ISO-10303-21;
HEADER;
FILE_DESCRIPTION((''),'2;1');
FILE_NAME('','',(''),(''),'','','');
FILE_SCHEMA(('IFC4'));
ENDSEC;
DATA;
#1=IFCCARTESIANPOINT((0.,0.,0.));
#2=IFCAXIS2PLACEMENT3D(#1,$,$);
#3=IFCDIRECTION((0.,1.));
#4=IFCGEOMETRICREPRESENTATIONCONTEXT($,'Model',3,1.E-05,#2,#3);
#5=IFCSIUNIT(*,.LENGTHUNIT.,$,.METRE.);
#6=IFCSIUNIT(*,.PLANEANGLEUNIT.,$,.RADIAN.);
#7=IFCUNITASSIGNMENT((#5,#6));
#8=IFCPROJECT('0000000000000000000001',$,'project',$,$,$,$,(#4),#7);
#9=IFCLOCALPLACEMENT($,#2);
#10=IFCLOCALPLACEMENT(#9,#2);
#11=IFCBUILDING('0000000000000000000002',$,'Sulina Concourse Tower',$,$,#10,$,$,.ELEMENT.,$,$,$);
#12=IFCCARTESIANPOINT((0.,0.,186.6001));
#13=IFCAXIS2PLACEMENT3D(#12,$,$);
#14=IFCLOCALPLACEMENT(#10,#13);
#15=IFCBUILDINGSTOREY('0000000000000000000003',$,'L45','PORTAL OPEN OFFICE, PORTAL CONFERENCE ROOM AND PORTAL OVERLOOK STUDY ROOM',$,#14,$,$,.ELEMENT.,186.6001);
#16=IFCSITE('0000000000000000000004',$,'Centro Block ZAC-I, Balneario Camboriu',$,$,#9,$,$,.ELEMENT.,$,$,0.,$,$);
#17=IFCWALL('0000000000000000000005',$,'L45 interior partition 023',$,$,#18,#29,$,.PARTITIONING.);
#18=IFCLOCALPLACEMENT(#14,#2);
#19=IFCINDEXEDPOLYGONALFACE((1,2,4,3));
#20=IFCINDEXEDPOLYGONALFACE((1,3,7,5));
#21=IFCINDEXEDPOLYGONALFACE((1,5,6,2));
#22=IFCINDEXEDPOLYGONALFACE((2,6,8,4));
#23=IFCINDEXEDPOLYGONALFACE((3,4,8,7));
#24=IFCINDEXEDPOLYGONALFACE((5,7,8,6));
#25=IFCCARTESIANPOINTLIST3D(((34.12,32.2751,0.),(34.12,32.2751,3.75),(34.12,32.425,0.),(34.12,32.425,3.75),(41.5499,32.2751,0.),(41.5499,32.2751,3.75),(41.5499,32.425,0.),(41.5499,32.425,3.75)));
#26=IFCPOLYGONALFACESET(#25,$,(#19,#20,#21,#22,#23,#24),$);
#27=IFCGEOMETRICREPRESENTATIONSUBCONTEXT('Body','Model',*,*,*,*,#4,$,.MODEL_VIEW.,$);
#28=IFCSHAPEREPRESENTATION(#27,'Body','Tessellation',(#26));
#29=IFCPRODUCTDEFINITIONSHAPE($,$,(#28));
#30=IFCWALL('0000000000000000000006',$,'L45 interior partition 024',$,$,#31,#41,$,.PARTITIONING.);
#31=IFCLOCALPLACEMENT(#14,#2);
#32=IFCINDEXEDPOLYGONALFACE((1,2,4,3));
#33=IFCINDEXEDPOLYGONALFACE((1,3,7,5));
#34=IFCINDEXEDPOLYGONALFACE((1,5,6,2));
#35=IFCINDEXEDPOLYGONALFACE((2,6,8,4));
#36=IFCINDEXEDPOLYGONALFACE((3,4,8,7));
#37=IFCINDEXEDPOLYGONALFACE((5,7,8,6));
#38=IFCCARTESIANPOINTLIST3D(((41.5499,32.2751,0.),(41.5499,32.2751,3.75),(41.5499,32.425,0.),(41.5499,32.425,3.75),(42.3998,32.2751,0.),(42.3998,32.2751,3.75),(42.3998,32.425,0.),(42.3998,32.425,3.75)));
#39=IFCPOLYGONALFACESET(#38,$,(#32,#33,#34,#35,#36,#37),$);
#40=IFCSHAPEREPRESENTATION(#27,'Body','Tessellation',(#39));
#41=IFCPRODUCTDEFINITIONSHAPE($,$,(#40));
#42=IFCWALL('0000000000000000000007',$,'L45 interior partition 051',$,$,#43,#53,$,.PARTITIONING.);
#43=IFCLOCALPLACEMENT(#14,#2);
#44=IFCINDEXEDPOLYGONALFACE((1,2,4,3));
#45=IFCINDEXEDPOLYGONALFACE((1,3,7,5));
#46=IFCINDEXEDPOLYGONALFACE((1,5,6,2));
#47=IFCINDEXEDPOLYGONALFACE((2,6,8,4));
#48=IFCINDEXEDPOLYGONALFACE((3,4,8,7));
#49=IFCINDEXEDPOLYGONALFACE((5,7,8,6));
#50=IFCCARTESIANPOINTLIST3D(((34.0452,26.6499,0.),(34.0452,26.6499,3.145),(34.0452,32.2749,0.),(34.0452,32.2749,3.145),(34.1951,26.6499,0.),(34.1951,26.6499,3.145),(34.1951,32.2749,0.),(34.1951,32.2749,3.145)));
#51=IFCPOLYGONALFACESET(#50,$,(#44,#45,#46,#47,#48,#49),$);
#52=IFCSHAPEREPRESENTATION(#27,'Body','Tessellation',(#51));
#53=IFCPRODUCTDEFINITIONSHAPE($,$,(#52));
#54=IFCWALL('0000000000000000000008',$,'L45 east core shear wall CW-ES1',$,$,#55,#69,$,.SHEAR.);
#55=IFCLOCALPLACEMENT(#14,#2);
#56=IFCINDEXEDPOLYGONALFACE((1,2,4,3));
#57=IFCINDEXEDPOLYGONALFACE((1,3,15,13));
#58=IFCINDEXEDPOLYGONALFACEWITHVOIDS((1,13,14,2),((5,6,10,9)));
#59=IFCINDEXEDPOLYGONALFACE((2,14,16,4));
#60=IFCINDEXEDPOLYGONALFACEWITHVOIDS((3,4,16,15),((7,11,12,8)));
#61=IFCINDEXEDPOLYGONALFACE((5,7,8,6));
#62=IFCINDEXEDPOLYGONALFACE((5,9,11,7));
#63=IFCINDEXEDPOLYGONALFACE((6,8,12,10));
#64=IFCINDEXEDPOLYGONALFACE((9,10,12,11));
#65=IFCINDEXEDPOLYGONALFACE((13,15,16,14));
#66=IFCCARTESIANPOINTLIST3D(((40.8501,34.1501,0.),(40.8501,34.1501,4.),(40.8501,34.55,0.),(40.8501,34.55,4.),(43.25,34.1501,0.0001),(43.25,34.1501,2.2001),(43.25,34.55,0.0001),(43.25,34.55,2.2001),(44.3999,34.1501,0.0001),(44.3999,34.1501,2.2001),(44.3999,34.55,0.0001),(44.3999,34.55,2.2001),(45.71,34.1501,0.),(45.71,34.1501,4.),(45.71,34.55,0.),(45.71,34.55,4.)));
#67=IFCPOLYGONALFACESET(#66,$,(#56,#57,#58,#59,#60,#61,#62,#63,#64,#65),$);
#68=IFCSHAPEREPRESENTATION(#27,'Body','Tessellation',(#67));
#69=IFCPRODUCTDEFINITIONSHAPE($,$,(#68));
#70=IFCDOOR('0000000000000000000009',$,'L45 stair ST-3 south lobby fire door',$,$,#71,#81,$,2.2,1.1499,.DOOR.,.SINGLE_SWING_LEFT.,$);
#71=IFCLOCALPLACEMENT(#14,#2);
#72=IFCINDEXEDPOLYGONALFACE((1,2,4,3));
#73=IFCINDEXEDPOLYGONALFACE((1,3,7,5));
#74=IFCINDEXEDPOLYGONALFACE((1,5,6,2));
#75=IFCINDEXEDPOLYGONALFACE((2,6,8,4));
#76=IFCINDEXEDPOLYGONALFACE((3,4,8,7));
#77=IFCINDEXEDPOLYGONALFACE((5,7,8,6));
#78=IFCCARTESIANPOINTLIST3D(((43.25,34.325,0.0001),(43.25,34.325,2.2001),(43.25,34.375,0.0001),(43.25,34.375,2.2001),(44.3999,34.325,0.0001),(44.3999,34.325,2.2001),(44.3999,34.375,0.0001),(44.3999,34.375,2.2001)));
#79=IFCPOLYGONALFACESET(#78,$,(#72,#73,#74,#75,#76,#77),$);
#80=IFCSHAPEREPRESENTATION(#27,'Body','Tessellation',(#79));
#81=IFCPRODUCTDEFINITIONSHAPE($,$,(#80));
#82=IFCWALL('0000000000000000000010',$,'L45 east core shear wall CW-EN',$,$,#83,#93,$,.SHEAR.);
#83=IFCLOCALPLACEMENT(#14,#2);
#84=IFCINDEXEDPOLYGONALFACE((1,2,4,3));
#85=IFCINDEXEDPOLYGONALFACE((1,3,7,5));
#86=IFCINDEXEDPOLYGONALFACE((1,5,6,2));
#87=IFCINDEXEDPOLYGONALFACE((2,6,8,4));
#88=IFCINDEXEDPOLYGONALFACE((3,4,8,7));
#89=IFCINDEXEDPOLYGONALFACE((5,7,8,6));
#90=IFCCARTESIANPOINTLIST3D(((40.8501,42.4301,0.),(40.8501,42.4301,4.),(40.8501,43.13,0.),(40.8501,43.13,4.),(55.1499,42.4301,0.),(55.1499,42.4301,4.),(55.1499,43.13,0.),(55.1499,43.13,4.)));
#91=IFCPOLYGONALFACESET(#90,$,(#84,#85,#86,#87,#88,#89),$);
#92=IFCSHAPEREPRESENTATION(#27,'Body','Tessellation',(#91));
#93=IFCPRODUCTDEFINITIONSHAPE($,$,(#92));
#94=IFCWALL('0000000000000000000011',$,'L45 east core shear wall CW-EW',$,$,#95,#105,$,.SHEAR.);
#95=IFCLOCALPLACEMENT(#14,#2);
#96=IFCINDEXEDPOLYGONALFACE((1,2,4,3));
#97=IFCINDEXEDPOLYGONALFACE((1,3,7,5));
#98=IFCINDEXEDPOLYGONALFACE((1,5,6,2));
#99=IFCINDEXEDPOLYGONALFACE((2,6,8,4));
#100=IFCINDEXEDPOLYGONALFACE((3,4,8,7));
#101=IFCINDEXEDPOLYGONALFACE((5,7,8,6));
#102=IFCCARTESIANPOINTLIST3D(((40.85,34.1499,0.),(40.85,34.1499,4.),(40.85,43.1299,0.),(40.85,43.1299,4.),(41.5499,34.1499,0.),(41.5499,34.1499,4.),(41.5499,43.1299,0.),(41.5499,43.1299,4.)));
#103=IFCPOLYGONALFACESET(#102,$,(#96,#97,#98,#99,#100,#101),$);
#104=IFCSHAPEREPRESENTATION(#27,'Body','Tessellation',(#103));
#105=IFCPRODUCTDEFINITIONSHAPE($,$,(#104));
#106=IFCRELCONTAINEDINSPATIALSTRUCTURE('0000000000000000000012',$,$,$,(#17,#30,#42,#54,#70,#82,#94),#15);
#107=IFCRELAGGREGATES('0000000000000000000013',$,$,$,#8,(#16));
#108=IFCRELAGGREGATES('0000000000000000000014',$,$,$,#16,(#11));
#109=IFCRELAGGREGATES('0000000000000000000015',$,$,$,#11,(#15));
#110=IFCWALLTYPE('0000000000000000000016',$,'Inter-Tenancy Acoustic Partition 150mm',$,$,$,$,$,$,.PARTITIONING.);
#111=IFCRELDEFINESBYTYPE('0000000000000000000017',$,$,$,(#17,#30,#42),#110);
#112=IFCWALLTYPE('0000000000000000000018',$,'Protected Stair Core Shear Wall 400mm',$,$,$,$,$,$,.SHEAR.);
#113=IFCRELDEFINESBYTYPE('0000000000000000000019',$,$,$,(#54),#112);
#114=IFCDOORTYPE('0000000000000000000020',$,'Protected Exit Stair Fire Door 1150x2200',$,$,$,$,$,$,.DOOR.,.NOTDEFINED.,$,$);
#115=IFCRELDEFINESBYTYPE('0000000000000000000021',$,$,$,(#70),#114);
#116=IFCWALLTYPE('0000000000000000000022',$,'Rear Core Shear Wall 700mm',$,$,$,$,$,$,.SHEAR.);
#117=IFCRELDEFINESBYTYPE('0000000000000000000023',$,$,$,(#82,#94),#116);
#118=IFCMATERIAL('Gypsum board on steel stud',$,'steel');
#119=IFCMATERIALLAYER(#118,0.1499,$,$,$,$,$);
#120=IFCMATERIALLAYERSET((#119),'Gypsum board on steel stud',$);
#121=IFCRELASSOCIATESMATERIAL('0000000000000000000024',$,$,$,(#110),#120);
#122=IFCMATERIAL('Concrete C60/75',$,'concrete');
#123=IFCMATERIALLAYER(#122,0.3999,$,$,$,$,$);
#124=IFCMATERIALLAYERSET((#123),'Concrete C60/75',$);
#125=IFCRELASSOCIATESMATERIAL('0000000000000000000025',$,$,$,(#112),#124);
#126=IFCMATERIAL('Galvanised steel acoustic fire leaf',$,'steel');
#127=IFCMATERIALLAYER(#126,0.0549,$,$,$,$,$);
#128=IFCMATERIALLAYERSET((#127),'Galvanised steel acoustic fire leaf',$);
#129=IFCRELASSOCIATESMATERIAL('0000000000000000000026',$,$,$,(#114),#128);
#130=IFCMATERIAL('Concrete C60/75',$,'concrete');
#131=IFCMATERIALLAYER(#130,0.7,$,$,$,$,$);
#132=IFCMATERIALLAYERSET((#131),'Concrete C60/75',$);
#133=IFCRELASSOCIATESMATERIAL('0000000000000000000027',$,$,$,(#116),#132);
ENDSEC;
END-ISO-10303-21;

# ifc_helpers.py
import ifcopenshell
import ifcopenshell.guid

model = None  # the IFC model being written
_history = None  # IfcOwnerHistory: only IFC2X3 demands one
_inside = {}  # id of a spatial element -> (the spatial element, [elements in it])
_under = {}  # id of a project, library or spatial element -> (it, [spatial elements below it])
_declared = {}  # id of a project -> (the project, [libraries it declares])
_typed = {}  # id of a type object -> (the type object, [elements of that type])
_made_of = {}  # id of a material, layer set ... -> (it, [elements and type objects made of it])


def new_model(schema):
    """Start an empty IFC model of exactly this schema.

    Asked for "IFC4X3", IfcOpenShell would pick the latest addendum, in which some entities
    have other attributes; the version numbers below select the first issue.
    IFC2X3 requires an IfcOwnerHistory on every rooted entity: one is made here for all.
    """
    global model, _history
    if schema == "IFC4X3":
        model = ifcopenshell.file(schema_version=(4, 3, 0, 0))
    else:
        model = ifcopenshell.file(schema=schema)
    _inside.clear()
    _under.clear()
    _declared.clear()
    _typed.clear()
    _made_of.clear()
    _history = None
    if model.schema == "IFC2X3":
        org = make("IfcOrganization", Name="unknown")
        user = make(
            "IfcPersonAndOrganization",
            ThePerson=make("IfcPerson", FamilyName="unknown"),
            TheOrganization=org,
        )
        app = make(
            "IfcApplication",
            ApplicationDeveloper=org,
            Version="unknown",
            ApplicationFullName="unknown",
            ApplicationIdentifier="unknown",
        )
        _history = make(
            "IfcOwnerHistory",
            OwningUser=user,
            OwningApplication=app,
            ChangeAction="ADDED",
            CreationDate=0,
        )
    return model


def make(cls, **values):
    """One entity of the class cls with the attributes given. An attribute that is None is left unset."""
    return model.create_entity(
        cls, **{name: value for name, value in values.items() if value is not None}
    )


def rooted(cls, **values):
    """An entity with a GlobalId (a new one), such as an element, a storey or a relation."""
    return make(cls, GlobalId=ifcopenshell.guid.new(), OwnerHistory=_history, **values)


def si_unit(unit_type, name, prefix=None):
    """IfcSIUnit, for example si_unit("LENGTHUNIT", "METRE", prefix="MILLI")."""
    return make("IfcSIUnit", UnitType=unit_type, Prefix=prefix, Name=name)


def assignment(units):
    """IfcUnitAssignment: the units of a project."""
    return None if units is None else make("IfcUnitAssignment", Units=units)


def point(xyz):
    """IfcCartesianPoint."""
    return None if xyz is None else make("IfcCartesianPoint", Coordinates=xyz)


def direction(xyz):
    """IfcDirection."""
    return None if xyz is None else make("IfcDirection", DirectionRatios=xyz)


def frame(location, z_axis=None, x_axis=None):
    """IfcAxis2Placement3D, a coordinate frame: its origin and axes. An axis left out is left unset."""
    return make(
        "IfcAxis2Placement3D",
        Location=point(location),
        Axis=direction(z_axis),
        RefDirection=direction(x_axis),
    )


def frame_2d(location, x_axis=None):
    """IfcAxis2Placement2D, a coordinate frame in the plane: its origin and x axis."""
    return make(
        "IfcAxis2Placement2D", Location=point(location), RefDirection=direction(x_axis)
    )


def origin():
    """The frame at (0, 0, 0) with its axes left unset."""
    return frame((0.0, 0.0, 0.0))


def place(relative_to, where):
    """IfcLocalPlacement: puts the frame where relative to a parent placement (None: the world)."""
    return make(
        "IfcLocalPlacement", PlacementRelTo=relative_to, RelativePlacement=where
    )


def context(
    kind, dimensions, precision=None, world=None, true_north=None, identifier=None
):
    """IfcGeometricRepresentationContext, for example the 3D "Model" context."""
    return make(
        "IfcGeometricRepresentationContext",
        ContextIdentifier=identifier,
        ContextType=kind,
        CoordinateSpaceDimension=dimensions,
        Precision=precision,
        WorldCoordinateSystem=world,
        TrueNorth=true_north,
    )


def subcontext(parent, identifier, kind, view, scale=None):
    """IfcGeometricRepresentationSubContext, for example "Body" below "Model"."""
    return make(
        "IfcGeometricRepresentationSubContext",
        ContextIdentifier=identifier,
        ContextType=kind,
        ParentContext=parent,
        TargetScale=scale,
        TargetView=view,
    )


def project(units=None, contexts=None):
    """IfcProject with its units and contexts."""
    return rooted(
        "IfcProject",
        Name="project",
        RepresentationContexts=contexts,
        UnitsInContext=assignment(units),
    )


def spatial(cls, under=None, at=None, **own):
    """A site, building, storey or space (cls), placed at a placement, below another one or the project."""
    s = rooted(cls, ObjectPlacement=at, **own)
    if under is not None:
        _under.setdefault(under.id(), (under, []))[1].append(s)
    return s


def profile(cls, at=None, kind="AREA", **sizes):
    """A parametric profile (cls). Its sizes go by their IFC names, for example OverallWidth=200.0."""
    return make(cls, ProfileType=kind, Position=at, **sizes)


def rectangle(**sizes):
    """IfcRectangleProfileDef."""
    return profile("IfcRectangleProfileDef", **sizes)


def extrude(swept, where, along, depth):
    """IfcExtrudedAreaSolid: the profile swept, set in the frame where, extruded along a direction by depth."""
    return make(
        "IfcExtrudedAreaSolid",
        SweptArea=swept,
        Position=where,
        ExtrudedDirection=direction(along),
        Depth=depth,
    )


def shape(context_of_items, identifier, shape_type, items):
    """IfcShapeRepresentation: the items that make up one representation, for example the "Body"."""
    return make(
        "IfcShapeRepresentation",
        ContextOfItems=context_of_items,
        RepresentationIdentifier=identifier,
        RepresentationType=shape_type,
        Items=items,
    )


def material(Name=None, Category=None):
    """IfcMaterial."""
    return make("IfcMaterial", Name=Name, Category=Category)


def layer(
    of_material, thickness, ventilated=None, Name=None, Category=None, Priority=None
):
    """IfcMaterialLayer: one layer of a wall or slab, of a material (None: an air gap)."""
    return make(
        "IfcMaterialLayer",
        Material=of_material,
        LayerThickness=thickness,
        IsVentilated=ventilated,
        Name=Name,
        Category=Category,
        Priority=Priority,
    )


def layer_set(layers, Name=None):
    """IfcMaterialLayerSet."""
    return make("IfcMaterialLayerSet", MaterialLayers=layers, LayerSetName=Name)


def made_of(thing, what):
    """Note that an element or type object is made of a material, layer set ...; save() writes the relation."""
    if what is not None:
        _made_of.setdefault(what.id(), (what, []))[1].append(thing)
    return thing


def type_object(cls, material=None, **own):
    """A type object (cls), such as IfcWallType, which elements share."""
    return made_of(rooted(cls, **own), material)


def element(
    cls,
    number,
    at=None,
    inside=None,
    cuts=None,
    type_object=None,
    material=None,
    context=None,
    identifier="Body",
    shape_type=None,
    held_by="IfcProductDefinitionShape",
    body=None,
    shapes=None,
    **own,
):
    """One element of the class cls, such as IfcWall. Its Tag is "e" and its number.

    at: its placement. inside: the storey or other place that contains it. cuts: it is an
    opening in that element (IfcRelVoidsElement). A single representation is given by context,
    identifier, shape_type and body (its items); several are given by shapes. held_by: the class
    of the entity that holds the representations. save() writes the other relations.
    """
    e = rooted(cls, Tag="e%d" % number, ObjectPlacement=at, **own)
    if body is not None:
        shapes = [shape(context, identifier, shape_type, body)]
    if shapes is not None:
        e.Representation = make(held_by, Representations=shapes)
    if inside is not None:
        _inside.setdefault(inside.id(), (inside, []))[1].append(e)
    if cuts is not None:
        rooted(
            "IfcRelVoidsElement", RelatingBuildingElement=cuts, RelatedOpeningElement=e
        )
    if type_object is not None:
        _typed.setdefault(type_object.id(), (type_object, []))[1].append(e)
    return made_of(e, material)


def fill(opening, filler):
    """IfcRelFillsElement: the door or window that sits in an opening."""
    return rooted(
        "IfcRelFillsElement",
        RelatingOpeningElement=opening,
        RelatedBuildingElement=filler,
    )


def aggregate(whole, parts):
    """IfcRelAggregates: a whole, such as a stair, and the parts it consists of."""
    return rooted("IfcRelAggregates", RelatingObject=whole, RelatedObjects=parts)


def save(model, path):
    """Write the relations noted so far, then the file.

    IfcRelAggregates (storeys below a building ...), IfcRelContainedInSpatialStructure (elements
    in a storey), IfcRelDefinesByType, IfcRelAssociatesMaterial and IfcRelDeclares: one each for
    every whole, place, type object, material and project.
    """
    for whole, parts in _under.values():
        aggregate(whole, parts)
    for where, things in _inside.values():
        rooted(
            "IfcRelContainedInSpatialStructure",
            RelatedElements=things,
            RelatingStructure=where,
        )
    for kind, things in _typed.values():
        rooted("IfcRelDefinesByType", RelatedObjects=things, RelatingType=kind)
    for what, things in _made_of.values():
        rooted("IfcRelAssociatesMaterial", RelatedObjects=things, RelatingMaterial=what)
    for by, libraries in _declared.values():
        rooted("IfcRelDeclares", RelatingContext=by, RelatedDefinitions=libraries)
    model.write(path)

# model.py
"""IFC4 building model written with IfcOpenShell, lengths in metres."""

from ifc_helpers import new_model, si_unit, direction, frame, frame_2d, origin, place, context, subcontext, project, spatial, rectangle, extrude, material, layer, layer_set, type_object, element, fill, save


model = new_model("IFC4")

# Units and contexts
model_context = context("Model", 3, precision=1e-05, world=origin(), true_north=direction((0.0, 1.0)))
body_context = subcontext(model_context, "Body", "Model", "MODEL_VIEW")
ifc_project = project(units=[si_unit("LENGTHUNIT", "METRE"), si_unit("PLANEANGLEUNIT", "RADIAN")], contexts=[model_context])

# Site, building, storey
site_placement = place(None, origin())
site = spatial("IfcSite", under=ifc_project, at=site_placement, Name="Centro Block ZAC-I, Balneario Camboriu", CompositionType="ELEMENT", RefElevation=0.0)
building_placement = place(site_placement, origin())
building = spatial("IfcBuilding", under=site, at=building_placement, Name="Sulina Concourse Tower", CompositionType="ELEMENT")
storey_placement = place(building_placement, frame((0.0, 0.0, 186.6001)))
storey = spatial("IfcBuildingStorey", under=building, at=storey_placement, Name="L45", Description="PORTAL OPEN OFFICE, PORTAL CONFERENCE ROOM AND PORTAL OVERLOOK STUDY ROOM", CompositionType="ELEMENT", Elevation=186.6001)

# Walls
ifc_material_1 = material(Name="Gypsum board on steel stud", Category="steel")
ifc_layer_1 = layer(ifc_material_1, 0.1499)
ifc_layer_set_1 = layer_set([ifc_layer_1], Name="Gypsum board on steel stud")
wall_type_1 = type_object("IfcWallType", Name="Inter-Tenancy Acoustic Partition 150mm", PredefinedType="PARTITIONING", material=ifc_layer_set_1)
wall_1_placement = place(storey_placement, frame((34.1201, 32.3501, 0.0), z_axis=(0.0, 0.0, 1.0), x_axis=(1.0, 0.0, 0.0)))
element("IfcWall", 1, at=wall_1_placement, inside=storey, type_object=wall_type_1, Name="L45 interior partition 023", PredefinedType="PARTITIONING", context=body_context, shape_type="SweptSolid", body=[
    extrude(rectangle(XDim=7.4299, YDim=0.1499, at=frame_2d((3.7148, 0.0))), origin(), (0.0, 0.0, 1.0), 3.75),
])
wall_2_placement = place(storey_placement, frame((41.55, 32.3501, 0.0), z_axis=(0.0, 0.0, 1.0), x_axis=(1.0, 0.0, 0.0)))
element("IfcWall", 2, at=wall_2_placement, inside=storey, type_object=wall_type_1, Name="L45 interior partition 024", PredefinedType="PARTITIONING", context=body_context, shape_type="SweptSolid", body=[
    extrude(rectangle(XDim=0.8499, YDim=0.1499, at=frame_2d((0.4248, 0.0))), origin(), (0.0, 0.0, 1.0), 3.75),
])
wall_3_placement = place(storey_placement, frame((34.1201, 26.6499, 0.0), z_axis=(0.0, 0.0, 1.0), x_axis=(0.0, 1.0, 0.0)))
element("IfcWall", 3, at=wall_3_placement, inside=storey, type_object=wall_type_1, Name="L45 interior partition 051", PredefinedType="PARTITIONING", context=body_context, shape_type="SweptSolid", body=[
    extrude(rectangle(XDim=5.625, YDim=0.1499, at=frame_2d((2.8125, 0.0))), origin(), (0.0, 0.0, 1.0), 3.145),
])

# Wall, opening, door
ifc_material_2 = material(Name="Concrete C60/75", Category="concrete")
ifc_layer_2 = layer(ifc_material_2, 0.3999)
ifc_layer_set_2 = layer_set([ifc_layer_2], Name="Concrete C60/75")
wall_type_2 = type_object("IfcWallType", Name="Protected Stair Core Shear Wall 400mm", PredefinedType="SHEAR", material=ifc_layer_set_2)
wall_4_placement = place(storey_placement, frame((40.8501, 34.3501, 0.0), z_axis=(0.0, 0.0, 1.0), x_axis=(1.0, 0.0, 0.0)))
wall_4 = element("IfcWall", 4, at=wall_4_placement, inside=storey, type_object=wall_type_2, Name="L45 east core shear wall CW-ES1", PredefinedType="SHEAR", context=body_context, shape_type="SweptSolid", body=[
    extrude(rectangle(XDim=4.8599, YDim=0.3999, at=frame_2d((2.4299, 0.0))), origin(), (0.0, 0.0, 1.0), 4.0),
])
opening_1_placement = place(wall_4_placement, frame((2.3999, 0.0, 0.0)))
opening_1 = element("IfcOpeningElement", 5, at=opening_1_placement, cuts=wall_4, PredefinedType="OPENING", context=body_context, shape_type="SweptSolid", body=[
    extrude(rectangle(XDim=1.1499, YDim=2.2, at=frame_2d((0.575, 1.1001))), frame((0.0, 0.21, 0.0), z_axis=(0.0, -1.0, 0.0), x_axis=(1.0, 0.0, 0.0)), (0.0, 0.0, 1.0), 0.4199),
])
ifc_material_3 = material(Name="Galvanised steel acoustic fire leaf", Category="steel")
ifc_layer_3 = layer(ifc_material_3, 0.0549)
ifc_layer_set_3 = layer_set([ifc_layer_3], Name="Galvanised steel acoustic fire leaf")
door_type = type_object("IfcDoorType", Name="Protected Exit Stair Fire Door 1150x2200", OperationType="NOTDEFINED", PredefinedType="DOOR", material=ifc_layer_set_3)
door_placement = place(opening_1_placement, origin())
door = element("IfcDoor", 6, at=door_placement, inside=storey, type_object=door_type, Name="L45 stair ST-3 south lobby fire door", OperationType="SINGLE_SWING_LEFT", OverallHeight=2.2, OverallWidth=1.1499, PredefinedType="DOOR", context=body_context, shape_type="SweptSolid", body=[
    extrude(rectangle(XDim=1.1499, YDim=2.2, at=frame_2d((0.575, 1.1001))), frame((0.0, 0.0249, 0.0), z_axis=(0.0, -1.0, 0.0), x_axis=(1.0, 0.0, 0.0)), (0.0, 0.0, 1.0), 0.05),
])
fill(opening_1, door)

# Walls
ifc_material_4 = material(Name="Concrete C60/75", Category="concrete")
ifc_layer_4 = layer(ifc_material_4, 0.7)
ifc_layer_set_4 = layer_set([ifc_layer_4], Name="Concrete C60/75")
wall_type_3 = type_object("IfcWallType", Name="Rear Core Shear Wall 700mm", PredefinedType="SHEAR", material=ifc_layer_set_4)
wall_5_placement = place(storey_placement, frame((40.8501, 42.78, 0.0), z_axis=(0.0, 0.0, 1.0), x_axis=(1.0, 0.0, 0.0)))
element("IfcWall", 7, at=wall_5_placement, inside=storey, type_object=wall_type_3, Name="L45 east core shear wall CW-EN", PredefinedType="SHEAR", context=body_context, shape_type="SweptSolid", body=[
    extrude(rectangle(XDim=14.2998, YDim=0.7, at=frame_2d((7.1499, 0.0))), origin(), (0.0, 0.0, 1.0), 4.0),
])
wall_6_placement = place(storey_placement, frame((41.2, 34.1499, 0.0), z_axis=(0.0, 0.0, 1.0), x_axis=(0.0, 1.0, 0.0)))
element("IfcWall", 8, at=wall_6_placement, inside=storey, type_object=wall_type_3, Name="L45 east core shear wall CW-EW", PredefinedType="SHEAR", context=body_context, shape_type="SweptSolid", body=[
    extrude(rectangle(XDim=8.98, YDim=0.7, at=frame_2d((4.49, 0.0))), origin(), (0.0, 0.0, 1.0), 4.0),
])

save(model, "model.ifc")
